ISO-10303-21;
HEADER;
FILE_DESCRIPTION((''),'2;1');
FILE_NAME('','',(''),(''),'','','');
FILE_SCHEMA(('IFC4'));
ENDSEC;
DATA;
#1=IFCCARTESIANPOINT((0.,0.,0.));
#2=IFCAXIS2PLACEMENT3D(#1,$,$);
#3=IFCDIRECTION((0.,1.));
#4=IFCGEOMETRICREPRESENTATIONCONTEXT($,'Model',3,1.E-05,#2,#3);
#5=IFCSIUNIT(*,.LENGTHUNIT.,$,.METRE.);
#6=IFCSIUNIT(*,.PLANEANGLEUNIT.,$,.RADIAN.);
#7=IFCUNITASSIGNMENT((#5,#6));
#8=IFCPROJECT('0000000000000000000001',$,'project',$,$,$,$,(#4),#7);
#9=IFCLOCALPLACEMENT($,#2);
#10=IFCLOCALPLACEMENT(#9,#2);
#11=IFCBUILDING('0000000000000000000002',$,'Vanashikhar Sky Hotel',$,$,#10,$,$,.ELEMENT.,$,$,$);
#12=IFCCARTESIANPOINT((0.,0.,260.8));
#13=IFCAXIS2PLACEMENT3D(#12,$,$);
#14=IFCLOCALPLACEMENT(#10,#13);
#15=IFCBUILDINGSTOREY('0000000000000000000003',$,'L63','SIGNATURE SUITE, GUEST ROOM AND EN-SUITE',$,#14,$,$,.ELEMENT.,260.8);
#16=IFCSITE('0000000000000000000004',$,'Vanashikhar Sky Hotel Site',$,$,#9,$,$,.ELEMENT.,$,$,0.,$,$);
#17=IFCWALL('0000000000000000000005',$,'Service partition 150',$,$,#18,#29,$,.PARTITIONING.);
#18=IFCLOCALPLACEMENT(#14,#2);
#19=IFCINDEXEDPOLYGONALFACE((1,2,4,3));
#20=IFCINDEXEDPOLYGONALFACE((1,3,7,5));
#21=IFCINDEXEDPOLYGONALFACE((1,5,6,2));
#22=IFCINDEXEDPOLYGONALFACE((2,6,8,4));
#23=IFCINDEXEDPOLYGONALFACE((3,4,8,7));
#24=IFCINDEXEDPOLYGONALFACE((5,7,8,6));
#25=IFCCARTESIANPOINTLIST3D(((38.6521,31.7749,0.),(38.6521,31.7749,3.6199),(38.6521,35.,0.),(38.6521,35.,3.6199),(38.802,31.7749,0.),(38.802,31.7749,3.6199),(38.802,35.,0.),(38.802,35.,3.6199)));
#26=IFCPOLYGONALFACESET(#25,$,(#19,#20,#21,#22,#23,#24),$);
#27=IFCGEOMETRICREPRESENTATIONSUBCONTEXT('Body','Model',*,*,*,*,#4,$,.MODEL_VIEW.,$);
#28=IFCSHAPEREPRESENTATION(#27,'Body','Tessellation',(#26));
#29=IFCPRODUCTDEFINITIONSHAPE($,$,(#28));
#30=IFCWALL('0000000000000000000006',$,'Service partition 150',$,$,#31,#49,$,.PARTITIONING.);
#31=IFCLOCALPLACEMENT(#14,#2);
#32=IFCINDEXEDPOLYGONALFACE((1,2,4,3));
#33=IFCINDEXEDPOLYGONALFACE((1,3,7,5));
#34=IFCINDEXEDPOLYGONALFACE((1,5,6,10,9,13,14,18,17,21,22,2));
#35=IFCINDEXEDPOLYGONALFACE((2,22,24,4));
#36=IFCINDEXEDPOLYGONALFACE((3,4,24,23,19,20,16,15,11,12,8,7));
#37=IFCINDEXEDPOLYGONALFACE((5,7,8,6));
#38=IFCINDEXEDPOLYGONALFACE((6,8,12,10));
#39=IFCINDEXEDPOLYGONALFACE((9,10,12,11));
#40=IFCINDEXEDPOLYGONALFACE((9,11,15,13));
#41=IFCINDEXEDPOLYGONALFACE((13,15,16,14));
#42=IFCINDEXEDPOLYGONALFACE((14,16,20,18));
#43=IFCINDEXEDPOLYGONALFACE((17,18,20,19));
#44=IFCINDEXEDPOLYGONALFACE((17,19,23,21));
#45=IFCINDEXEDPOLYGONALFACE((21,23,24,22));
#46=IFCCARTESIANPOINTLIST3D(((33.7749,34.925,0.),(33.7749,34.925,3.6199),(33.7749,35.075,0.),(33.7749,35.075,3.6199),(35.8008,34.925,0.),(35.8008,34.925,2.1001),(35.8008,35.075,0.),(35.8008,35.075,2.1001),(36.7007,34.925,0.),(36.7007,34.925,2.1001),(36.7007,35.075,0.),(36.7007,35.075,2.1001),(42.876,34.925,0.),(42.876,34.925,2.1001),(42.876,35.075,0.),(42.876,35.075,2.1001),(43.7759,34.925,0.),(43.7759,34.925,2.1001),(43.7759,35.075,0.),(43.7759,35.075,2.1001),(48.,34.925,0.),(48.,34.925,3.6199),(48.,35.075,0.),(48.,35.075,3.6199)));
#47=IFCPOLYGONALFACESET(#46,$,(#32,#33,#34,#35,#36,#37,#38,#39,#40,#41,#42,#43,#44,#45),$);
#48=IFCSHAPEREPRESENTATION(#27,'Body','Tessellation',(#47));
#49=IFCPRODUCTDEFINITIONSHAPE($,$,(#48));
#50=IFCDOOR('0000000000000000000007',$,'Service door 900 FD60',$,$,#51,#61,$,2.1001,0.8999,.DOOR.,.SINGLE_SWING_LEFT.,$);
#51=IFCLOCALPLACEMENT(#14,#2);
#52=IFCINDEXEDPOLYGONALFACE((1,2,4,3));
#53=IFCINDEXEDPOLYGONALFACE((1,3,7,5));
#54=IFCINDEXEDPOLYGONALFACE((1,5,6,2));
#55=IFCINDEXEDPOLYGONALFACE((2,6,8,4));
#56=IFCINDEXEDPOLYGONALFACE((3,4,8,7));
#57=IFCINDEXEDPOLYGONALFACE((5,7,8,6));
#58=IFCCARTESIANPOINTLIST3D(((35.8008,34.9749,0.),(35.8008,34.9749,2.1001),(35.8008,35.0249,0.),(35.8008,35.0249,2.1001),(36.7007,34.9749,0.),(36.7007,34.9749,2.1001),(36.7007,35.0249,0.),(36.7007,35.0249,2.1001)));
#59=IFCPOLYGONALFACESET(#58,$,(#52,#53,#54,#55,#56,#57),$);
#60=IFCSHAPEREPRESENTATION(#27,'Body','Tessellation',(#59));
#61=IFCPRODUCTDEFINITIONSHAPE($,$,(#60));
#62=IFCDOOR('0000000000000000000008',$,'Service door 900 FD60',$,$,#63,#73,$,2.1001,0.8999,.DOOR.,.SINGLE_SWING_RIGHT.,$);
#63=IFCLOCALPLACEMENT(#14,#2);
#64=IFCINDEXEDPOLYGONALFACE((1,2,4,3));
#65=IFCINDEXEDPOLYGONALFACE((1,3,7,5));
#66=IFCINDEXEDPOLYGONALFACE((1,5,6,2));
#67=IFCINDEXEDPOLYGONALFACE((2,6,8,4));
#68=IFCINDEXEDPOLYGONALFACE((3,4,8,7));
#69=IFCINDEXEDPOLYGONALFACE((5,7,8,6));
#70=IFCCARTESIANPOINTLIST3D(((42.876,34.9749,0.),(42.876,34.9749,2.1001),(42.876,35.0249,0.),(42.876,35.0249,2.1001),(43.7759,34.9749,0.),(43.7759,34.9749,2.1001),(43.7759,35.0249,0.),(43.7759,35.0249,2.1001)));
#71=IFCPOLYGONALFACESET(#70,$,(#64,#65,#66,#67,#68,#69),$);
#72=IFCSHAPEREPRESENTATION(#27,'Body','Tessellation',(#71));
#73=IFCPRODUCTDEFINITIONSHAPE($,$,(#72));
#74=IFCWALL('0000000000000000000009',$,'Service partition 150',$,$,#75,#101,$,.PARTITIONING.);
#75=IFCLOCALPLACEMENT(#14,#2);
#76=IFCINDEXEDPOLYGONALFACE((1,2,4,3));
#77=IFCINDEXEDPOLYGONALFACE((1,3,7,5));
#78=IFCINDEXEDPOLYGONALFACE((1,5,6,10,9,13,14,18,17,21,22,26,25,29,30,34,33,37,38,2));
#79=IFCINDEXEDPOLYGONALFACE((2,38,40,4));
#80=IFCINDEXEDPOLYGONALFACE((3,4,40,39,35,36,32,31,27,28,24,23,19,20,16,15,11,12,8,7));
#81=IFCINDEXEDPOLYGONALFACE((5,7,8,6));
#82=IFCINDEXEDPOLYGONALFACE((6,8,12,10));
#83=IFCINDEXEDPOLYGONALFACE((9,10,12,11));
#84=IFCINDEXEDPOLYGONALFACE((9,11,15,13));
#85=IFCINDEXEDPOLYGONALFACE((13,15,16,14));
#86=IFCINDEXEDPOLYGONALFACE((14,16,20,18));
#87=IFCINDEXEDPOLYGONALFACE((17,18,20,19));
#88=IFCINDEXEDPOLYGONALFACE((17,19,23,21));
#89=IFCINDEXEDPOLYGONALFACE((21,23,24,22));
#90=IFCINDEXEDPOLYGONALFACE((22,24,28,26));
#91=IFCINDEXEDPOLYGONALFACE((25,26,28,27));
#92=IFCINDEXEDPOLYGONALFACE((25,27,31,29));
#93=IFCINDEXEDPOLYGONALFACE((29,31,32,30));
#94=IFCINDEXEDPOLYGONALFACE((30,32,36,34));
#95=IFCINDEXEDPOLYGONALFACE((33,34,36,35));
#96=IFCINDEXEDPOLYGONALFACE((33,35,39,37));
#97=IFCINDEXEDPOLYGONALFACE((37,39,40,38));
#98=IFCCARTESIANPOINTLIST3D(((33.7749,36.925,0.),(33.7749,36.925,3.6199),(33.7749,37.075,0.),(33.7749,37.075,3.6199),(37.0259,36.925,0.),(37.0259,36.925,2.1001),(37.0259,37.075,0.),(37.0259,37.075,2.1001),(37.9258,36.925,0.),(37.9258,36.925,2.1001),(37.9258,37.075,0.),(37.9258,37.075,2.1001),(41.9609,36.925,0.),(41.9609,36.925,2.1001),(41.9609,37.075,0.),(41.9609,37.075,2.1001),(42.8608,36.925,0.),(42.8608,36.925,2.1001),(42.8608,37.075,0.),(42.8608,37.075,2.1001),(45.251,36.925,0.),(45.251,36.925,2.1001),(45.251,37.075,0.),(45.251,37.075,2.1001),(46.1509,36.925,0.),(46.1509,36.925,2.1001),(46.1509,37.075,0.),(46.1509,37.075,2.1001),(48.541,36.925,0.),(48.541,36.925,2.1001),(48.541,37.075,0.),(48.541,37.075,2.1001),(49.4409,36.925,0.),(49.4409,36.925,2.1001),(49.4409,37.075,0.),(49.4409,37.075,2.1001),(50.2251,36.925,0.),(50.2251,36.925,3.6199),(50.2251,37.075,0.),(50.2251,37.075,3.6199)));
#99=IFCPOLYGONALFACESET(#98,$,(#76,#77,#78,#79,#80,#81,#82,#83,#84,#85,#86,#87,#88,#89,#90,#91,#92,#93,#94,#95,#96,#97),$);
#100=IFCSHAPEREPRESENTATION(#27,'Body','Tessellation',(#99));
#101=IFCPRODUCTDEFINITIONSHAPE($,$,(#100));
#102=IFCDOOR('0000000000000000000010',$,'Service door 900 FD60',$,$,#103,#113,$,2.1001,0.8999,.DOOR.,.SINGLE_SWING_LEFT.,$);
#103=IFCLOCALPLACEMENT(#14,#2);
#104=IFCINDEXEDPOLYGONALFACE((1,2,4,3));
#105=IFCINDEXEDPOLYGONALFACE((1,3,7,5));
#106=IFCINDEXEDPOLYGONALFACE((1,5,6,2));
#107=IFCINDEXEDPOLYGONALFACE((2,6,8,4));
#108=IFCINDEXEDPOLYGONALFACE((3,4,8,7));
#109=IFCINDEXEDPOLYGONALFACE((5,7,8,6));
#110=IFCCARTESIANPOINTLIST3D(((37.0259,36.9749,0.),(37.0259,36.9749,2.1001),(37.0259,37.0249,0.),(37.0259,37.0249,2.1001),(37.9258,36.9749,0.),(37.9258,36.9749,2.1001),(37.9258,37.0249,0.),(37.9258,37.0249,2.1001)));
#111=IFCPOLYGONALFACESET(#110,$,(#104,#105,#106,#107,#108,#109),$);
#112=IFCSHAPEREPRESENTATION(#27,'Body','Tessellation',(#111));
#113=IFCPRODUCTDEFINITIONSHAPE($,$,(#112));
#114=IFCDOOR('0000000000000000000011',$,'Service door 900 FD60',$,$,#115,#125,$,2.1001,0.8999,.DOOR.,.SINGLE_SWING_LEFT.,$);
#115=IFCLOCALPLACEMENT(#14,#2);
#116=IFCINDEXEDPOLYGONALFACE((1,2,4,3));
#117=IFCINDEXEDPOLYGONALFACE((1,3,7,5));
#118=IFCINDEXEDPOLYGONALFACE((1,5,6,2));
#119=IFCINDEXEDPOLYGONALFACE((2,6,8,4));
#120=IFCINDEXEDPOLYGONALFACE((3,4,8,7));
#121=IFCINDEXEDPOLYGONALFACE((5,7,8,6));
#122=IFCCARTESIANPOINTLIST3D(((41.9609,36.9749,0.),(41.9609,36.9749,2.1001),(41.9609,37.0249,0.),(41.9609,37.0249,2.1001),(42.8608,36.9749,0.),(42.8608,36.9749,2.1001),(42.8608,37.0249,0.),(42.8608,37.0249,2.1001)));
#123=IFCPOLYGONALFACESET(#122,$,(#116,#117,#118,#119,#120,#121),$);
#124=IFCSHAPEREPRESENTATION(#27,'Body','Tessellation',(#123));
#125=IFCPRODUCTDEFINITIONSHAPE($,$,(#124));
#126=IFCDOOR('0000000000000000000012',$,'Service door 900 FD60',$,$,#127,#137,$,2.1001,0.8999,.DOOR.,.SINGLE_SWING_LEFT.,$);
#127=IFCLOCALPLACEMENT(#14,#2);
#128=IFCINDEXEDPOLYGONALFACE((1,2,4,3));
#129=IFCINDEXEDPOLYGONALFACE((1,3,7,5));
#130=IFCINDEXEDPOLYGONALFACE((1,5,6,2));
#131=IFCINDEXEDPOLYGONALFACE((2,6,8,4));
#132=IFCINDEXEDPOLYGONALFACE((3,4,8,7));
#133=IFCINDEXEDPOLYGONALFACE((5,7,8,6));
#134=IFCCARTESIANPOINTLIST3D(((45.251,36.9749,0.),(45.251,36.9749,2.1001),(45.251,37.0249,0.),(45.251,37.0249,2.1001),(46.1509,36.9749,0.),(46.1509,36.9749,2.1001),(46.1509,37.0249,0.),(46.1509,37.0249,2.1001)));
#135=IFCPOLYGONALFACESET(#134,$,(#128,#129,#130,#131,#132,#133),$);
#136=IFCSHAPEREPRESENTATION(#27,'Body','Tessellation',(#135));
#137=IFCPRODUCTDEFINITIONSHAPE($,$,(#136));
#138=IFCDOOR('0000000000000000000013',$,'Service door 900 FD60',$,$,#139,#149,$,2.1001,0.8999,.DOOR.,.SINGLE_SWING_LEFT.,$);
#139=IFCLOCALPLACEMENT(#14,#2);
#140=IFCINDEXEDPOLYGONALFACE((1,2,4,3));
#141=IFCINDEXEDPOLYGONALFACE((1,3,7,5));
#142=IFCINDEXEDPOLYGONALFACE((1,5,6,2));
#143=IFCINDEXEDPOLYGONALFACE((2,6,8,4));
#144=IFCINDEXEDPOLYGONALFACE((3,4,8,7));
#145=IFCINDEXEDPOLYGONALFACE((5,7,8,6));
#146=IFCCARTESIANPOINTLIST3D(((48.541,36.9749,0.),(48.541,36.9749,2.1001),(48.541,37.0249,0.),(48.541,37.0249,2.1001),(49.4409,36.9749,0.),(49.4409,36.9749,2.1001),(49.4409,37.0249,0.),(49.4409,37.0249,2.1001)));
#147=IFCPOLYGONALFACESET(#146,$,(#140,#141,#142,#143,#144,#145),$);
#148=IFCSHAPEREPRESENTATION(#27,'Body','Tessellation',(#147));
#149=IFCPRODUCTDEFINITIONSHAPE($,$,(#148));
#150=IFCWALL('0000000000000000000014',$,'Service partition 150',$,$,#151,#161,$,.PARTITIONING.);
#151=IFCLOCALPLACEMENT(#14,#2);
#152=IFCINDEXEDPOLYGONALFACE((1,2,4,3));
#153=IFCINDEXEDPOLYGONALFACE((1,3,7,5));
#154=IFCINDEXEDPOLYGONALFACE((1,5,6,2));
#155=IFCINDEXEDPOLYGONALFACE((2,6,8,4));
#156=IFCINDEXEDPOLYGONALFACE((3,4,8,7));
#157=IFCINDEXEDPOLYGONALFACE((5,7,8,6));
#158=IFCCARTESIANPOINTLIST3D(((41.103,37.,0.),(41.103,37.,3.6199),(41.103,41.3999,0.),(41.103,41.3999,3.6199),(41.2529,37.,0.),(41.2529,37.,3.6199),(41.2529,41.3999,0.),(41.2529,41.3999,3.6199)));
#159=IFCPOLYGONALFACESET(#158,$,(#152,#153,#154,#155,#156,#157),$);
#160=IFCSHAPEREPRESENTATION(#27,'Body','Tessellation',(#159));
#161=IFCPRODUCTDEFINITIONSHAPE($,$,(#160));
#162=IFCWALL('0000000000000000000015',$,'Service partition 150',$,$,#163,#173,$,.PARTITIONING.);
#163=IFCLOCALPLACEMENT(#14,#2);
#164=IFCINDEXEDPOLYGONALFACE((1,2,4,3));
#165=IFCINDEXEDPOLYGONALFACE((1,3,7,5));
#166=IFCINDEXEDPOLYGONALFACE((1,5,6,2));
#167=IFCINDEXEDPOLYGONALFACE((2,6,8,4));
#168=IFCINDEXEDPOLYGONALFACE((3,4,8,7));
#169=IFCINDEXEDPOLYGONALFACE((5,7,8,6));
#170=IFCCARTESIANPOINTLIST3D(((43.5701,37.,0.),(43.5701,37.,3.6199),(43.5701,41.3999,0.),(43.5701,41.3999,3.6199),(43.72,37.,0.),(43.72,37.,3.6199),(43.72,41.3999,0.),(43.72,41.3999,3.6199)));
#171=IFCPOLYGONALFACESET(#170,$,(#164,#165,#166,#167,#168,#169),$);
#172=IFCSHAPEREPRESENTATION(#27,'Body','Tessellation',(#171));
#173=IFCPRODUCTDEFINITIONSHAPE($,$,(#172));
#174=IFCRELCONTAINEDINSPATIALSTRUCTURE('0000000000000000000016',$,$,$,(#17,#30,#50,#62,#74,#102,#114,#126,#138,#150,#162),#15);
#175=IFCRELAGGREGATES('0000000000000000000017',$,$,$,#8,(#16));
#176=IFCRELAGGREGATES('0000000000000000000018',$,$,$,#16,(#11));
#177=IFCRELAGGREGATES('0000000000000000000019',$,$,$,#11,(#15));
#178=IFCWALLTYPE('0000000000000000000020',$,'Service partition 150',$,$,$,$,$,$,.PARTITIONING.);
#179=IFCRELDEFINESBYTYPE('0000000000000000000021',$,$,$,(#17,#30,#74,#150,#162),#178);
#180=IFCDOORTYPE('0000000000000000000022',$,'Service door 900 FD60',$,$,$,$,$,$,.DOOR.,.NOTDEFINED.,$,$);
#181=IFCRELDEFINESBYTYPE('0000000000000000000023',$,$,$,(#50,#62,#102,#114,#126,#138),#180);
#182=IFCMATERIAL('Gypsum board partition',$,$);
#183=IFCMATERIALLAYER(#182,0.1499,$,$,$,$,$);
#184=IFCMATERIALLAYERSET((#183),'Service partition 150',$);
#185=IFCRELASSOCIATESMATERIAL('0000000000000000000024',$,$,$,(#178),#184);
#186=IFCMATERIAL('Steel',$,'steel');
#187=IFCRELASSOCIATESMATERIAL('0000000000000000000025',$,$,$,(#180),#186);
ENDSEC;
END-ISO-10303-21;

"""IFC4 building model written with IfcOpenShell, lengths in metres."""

from ifc_helpers import new_model, si_unit, direction, frame, frame_2d, origin, place, context, subcontext, project, spatial, rectangle, extrude, source, transform, mapped, material, layer, layer_set, type_object, element, fill, save


model = new_model("IFC4")

# Units and contexts
model_context = context("Model", 3, precision=1e-05, world=origin(), true_north=direction((0.0, 1.0)))
body_context = subcontext(model_context, "Body", "Model", "MODEL_VIEW")
ifc_project = project(units=[si_unit("LENGTHUNIT", "METRE"), si_unit("PLANEANGLEUNIT", "RADIAN")], contexts=[model_context])

# Site, building, storey
site_placement = place(None, origin())
site = spatial("IfcSite", under=ifc_project, at=site_placement, Name="Vanashikhar Sky Hotel Site", CompositionType="ELEMENT", RefElevation=0.0)
building_placement = place(site_placement, origin())
building = spatial("IfcBuilding", under=site, at=building_placement, Name="Vanashikhar Sky Hotel", CompositionType="ELEMENT")
storey_placement = place(building_placement, frame((0.0, 0.0, 260.8)))
storey = spatial("IfcBuildingStorey", under=building, at=storey_placement, Name="L63", Description="SIGNATURE SUITE, GUEST ROOM AND EN-SUITE", CompositionType="ELEMENT", Elevation=260.8)

# Wall
ifc_material_1 = material(Name="Gypsum board partition")
ifc_layer_1 = layer(ifc_material_1, 0.1499)
ifc_layer_set_1 = layer_set([ifc_layer_1], Name="Service partition 150")
wall_type_1 = type_object("IfcWallType", Name="Service partition 150", PredefinedType="PARTITIONING", material=ifc_layer_set_1)
shared_shape_1 = source(origin(), body_context, "Body", "SweptSolid", [
    extrude(rectangle(XDim=3.2251, YDim=0.1499, at=frame_2d((1.6125, 0.0))), origin(), (0.0, 0.0, 1.0), 3.6199),
])
wall_1_placement = place(storey_placement, frame((38.7271, 31.7749, 0.0), z_axis=(0.0, 0.0, 1.0), x_axis=(0.0, 1.0, 0.0)))
element("IfcWall", 1, at=wall_1_placement, inside=storey, type_object=wall_type_1, Name="Service partition 150", PredefinedType="PARTITIONING", context=body_context, shape_type="MappedRepresentation", body=[
    mapped(shared_shape_1, transform((0.0, 0.0, 0.0), scale=1.0)),
])

# Walls, openings, doors
shared_shape_2 = source(origin(), body_context, "Body", "SweptSolid", [
    extrude(rectangle(XDim=14.2251, YDim=0.1499, at=frame_2d((7.1125, 0.0))), origin(), (0.0, 0.0, 1.0), 3.6199),
])
wall_2_placement = place(storey_placement, frame((33.7749, 35.0, 0.0), z_axis=(0.0, 0.0, 1.0), x_axis=(1.0, 0.0, 0.0)))
wall_2 = element("IfcWall", 2, at=wall_2_placement, inside=storey, type_object=wall_type_1, Name="Service partition 150", PredefinedType="PARTITIONING", context=body_context, shape_type="MappedRepresentation", body=[
    mapped(shared_shape_2, transform((0.0, 0.0, 0.0), scale=1.0)),
])
shared_shape_3 = source(origin(), body_context, "Body", "SweptSolid", [
    extrude(rectangle(XDim=0.8999, YDim=2.1001, at=frame_2d((0.45, 1.05))), frame((0.0, 0.085, 0.0), z_axis=(0.0, -1.0, 0.0), x_axis=(1.0, 0.0, 0.0)), (0.0, 0.0, 1.0), 0.1699),
])
opening_1_placement = place(wall_2_placement, frame((2.0259, 0.0, 0.0)))
opening_1 = element("IfcOpeningElement", 3, at=opening_1_placement, cuts=wall_2, PredefinedType="OPENING", context=body_context, shape_type="MappedRepresentation", body=[
    mapped(shared_shape_3, transform((0.0, 0.0, 0.0), scale=1.0)),
])
opening_2_placement = place(wall_2_placement, frame((9.1011, 0.0, 0.0)))
opening_2 = element("IfcOpeningElement", 4, at=opening_2_placement, cuts=wall_2, PredefinedType="OPENING", context=body_context, shape_type="MappedRepresentation", body=[
    mapped(shared_shape_3, transform((0.0, 0.0, 0.0), scale=1.0)),
])
ifc_material_2 = material(Name="Steel", Category="steel")
door_type_1 = type_object("IfcDoorType", Name="Service door 900 FD60", OperationType="NOTDEFINED", PredefinedType="DOOR", material=ifc_material_2)
shared_shape_4 = source(origin(), body_context, "Body", "SweptSolid", [
    extrude(rectangle(XDim=0.8999, YDim=2.1001, at=frame_2d((0.45, 1.05))), frame((0.0, 0.0249, 0.0), z_axis=(0.0, -1.0, 0.0), x_axis=(1.0, 0.0, 0.0)), (0.0, 0.0, 1.0), 0.05),
])
door_1_placement = place(opening_1_placement, origin())
door_1 = element("IfcDoor", 5, at=door_1_placement, inside=storey, type_object=door_type_1, Name="Service door 900 FD60", OperationType="SINGLE_SWING_LEFT", OverallHeight=2.1001, OverallWidth=0.8999, PredefinedType="DOOR", context=body_context, shape_type="MappedRepresentation", body=[
    mapped(shared_shape_4, transform((0.0, 0.0, 0.0), scale=1.0)),
])
fill(opening_1, door_1)
door_2_placement = place(opening_2_placement, origin())
door_2 = element("IfcDoor", 6, at=door_2_placement, inside=storey, type_object=door_type_1, Name="Service door 900 FD60", OperationType="SINGLE_SWING_RIGHT", OverallHeight=2.1001, OverallWidth=0.8999, PredefinedType="DOOR", context=body_context, shape_type="MappedRepresentation", body=[
    mapped(shared_shape_4, transform((0.0, 0.0, 0.0), scale=1.0)),
])
fill(opening_2, door_2)
shared_shape_5 = source(origin(), body_context, "Body", "SweptSolid", [
    extrude(rectangle(XDim=16.4502, YDim=0.1499, at=frame_2d((8.2251, 0.0))), origin(), (0.0, 0.0, 1.0), 3.6199),
])
wall_3_placement = place(storey_placement, frame((33.7749, 37.0, 0.0), z_axis=(0.0, 0.0, 1.0), x_axis=(1.0, 0.0, 0.0)))
wall_3 = element("IfcWall", 7, at=wall_3_placement, inside=storey, type_object=wall_type_1, Name="Service partition 150", PredefinedType="PARTITIONING", context=body_context, shape_type="MappedRepresentation", body=[
    mapped(shared_shape_5, transform((0.0, 0.0, 0.0), scale=1.0)),
])
opening_3_placement = place(wall_3_placement, frame((3.251, 0.0, 0.0)))
opening_3 = element("IfcOpeningElement", 8, at=opening_3_placement, cuts=wall_3, PredefinedType="OPENING", context=body_context, shape_type="MappedRepresentation", body=[
    mapped(shared_shape_3, transform((0.0, 0.0, 0.0), scale=1.0)),
])
opening_4_placement = place(wall_3_placement, frame((8.186, 0.0, 0.0)))
opening_4 = element("IfcOpeningElement", 9, at=opening_4_placement, cuts=wall_3, PredefinedType="OPENING", context=body_context, shape_type="MappedRepresentation", body=[
    mapped(shared_shape_3, transform((0.0, 0.0, 0.0), scale=1.0)),
])
opening_5_placement = place(wall_3_placement, frame((11.4761, 0.0, 0.0)))
opening_5 = element("IfcOpeningElement", 10, at=opening_5_placement, cuts=wall_3, PredefinedType="OPENING", context=body_context, shape_type="MappedRepresentation", body=[
    mapped(shared_shape_3, transform((0.0, 0.0, 0.0), scale=1.0)),
])
opening_6_placement = place(wall_3_placement, frame((14.7661, 0.0, 0.0)))
opening_6 = element("IfcOpeningElement", 11, at=opening_6_placement, cuts=wall_3, PredefinedType="OPENING", context=body_context, shape_type="MappedRepresentation", body=[
    mapped(shared_shape_3, transform((0.0, 0.0, 0.0), scale=1.0)),
])
door_3_placement = place(opening_3_placement, origin())
door_3 = element("IfcDoor", 12, at=door_3_placement, inside=storey, type_object=door_type_1, Name="Service door 900 FD60", OperationType="SINGLE_SWING_LEFT", OverallHeight=2.1001, OverallWidth=0.8999, PredefinedType="DOOR", context=body_context, shape_type="MappedRepresentation", body=[
    mapped(shared_shape_4, transform((0.0, 0.0, 0.0), scale=1.0)),
])
fill(opening_3, door_3)
door_4_placement = place(opening_4_placement, origin())
door_4 = element("IfcDoor", 13, at=door_4_placement, inside=storey, type_object=door_type_1, Name="Service door 900 FD60", OperationType="SINGLE_SWING_LEFT", OverallHeight=2.1001, OverallWidth=0.8999, PredefinedType="DOOR", context=body_context, shape_type="MappedRepresentation", body=[
    mapped(shared_shape_4, transform((0.0, 0.0, 0.0), scale=1.0)),
])
fill(opening_4, door_4)
door_5_placement = place(opening_5_placement, origin())
door_5 = element("IfcDoor", 14, at=door_5_placement, inside=storey, type_object=door_type_1, Name="Service door 900 FD60", OperationType="SINGLE_SWING_LEFT", OverallHeight=2.1001, OverallWidth=0.8999, PredefinedType="DOOR", context=body_context, shape_type="MappedRepresentation", body=[
    mapped(shared_shape_4, transform((0.0, 0.0, 0.0), scale=1.0)),
])
fill(opening_5, door_5)
door_6_placement = place(opening_6_placement, origin())
door_6 = element("IfcDoor", 15, at=door_6_placement, inside=storey, type_object=door_type_1, Name="Service door 900 FD60", OperationType="SINGLE_SWING_LEFT", OverallHeight=2.1001, OverallWidth=0.8999, PredefinedType="DOOR", context=body_context, shape_type="MappedRepresentation", body=[
    mapped(shared_shape_4, transform((0.0, 0.0, 0.0), scale=1.0)),
])
fill(opening_6, door_6)

# Walls
shared_shape_6 = source(origin(), body_context, "Body", "SweptSolid", [
    extrude(rectangle(XDim=4.3999, YDim=0.1499, at=frame_2d((2.2, 0.0))), origin(), (0.0, 0.0, 1.0), 3.6199),
])
for number, where, z_axis, x_axis, name in (
    (16, (41.178, 37.0, 0.0), (0.0, 0.0, 1.0), (0.0, 1.0, 0.0), "Service partition 150"),
    (17, (43.645, 37.0, 0.0), (0.0, 0.0, 1.0), (0.0, 1.0, 0.0), "Service partition 150"),
):
    element("IfcWall", number, at=place(storey_placement, frame(where, z_axis=z_axis, x_axis=x_axis)), inside=storey, type_object=wall_type_1, Name=name, PredefinedType="PARTITIONING", context=body_context, shape_type="MappedRepresentation", body=[
        mapped(shared_shape_6, transform((0.0, 0.0, 0.0), scale=1.0)),
    ])

save(model, "model.ifc")
